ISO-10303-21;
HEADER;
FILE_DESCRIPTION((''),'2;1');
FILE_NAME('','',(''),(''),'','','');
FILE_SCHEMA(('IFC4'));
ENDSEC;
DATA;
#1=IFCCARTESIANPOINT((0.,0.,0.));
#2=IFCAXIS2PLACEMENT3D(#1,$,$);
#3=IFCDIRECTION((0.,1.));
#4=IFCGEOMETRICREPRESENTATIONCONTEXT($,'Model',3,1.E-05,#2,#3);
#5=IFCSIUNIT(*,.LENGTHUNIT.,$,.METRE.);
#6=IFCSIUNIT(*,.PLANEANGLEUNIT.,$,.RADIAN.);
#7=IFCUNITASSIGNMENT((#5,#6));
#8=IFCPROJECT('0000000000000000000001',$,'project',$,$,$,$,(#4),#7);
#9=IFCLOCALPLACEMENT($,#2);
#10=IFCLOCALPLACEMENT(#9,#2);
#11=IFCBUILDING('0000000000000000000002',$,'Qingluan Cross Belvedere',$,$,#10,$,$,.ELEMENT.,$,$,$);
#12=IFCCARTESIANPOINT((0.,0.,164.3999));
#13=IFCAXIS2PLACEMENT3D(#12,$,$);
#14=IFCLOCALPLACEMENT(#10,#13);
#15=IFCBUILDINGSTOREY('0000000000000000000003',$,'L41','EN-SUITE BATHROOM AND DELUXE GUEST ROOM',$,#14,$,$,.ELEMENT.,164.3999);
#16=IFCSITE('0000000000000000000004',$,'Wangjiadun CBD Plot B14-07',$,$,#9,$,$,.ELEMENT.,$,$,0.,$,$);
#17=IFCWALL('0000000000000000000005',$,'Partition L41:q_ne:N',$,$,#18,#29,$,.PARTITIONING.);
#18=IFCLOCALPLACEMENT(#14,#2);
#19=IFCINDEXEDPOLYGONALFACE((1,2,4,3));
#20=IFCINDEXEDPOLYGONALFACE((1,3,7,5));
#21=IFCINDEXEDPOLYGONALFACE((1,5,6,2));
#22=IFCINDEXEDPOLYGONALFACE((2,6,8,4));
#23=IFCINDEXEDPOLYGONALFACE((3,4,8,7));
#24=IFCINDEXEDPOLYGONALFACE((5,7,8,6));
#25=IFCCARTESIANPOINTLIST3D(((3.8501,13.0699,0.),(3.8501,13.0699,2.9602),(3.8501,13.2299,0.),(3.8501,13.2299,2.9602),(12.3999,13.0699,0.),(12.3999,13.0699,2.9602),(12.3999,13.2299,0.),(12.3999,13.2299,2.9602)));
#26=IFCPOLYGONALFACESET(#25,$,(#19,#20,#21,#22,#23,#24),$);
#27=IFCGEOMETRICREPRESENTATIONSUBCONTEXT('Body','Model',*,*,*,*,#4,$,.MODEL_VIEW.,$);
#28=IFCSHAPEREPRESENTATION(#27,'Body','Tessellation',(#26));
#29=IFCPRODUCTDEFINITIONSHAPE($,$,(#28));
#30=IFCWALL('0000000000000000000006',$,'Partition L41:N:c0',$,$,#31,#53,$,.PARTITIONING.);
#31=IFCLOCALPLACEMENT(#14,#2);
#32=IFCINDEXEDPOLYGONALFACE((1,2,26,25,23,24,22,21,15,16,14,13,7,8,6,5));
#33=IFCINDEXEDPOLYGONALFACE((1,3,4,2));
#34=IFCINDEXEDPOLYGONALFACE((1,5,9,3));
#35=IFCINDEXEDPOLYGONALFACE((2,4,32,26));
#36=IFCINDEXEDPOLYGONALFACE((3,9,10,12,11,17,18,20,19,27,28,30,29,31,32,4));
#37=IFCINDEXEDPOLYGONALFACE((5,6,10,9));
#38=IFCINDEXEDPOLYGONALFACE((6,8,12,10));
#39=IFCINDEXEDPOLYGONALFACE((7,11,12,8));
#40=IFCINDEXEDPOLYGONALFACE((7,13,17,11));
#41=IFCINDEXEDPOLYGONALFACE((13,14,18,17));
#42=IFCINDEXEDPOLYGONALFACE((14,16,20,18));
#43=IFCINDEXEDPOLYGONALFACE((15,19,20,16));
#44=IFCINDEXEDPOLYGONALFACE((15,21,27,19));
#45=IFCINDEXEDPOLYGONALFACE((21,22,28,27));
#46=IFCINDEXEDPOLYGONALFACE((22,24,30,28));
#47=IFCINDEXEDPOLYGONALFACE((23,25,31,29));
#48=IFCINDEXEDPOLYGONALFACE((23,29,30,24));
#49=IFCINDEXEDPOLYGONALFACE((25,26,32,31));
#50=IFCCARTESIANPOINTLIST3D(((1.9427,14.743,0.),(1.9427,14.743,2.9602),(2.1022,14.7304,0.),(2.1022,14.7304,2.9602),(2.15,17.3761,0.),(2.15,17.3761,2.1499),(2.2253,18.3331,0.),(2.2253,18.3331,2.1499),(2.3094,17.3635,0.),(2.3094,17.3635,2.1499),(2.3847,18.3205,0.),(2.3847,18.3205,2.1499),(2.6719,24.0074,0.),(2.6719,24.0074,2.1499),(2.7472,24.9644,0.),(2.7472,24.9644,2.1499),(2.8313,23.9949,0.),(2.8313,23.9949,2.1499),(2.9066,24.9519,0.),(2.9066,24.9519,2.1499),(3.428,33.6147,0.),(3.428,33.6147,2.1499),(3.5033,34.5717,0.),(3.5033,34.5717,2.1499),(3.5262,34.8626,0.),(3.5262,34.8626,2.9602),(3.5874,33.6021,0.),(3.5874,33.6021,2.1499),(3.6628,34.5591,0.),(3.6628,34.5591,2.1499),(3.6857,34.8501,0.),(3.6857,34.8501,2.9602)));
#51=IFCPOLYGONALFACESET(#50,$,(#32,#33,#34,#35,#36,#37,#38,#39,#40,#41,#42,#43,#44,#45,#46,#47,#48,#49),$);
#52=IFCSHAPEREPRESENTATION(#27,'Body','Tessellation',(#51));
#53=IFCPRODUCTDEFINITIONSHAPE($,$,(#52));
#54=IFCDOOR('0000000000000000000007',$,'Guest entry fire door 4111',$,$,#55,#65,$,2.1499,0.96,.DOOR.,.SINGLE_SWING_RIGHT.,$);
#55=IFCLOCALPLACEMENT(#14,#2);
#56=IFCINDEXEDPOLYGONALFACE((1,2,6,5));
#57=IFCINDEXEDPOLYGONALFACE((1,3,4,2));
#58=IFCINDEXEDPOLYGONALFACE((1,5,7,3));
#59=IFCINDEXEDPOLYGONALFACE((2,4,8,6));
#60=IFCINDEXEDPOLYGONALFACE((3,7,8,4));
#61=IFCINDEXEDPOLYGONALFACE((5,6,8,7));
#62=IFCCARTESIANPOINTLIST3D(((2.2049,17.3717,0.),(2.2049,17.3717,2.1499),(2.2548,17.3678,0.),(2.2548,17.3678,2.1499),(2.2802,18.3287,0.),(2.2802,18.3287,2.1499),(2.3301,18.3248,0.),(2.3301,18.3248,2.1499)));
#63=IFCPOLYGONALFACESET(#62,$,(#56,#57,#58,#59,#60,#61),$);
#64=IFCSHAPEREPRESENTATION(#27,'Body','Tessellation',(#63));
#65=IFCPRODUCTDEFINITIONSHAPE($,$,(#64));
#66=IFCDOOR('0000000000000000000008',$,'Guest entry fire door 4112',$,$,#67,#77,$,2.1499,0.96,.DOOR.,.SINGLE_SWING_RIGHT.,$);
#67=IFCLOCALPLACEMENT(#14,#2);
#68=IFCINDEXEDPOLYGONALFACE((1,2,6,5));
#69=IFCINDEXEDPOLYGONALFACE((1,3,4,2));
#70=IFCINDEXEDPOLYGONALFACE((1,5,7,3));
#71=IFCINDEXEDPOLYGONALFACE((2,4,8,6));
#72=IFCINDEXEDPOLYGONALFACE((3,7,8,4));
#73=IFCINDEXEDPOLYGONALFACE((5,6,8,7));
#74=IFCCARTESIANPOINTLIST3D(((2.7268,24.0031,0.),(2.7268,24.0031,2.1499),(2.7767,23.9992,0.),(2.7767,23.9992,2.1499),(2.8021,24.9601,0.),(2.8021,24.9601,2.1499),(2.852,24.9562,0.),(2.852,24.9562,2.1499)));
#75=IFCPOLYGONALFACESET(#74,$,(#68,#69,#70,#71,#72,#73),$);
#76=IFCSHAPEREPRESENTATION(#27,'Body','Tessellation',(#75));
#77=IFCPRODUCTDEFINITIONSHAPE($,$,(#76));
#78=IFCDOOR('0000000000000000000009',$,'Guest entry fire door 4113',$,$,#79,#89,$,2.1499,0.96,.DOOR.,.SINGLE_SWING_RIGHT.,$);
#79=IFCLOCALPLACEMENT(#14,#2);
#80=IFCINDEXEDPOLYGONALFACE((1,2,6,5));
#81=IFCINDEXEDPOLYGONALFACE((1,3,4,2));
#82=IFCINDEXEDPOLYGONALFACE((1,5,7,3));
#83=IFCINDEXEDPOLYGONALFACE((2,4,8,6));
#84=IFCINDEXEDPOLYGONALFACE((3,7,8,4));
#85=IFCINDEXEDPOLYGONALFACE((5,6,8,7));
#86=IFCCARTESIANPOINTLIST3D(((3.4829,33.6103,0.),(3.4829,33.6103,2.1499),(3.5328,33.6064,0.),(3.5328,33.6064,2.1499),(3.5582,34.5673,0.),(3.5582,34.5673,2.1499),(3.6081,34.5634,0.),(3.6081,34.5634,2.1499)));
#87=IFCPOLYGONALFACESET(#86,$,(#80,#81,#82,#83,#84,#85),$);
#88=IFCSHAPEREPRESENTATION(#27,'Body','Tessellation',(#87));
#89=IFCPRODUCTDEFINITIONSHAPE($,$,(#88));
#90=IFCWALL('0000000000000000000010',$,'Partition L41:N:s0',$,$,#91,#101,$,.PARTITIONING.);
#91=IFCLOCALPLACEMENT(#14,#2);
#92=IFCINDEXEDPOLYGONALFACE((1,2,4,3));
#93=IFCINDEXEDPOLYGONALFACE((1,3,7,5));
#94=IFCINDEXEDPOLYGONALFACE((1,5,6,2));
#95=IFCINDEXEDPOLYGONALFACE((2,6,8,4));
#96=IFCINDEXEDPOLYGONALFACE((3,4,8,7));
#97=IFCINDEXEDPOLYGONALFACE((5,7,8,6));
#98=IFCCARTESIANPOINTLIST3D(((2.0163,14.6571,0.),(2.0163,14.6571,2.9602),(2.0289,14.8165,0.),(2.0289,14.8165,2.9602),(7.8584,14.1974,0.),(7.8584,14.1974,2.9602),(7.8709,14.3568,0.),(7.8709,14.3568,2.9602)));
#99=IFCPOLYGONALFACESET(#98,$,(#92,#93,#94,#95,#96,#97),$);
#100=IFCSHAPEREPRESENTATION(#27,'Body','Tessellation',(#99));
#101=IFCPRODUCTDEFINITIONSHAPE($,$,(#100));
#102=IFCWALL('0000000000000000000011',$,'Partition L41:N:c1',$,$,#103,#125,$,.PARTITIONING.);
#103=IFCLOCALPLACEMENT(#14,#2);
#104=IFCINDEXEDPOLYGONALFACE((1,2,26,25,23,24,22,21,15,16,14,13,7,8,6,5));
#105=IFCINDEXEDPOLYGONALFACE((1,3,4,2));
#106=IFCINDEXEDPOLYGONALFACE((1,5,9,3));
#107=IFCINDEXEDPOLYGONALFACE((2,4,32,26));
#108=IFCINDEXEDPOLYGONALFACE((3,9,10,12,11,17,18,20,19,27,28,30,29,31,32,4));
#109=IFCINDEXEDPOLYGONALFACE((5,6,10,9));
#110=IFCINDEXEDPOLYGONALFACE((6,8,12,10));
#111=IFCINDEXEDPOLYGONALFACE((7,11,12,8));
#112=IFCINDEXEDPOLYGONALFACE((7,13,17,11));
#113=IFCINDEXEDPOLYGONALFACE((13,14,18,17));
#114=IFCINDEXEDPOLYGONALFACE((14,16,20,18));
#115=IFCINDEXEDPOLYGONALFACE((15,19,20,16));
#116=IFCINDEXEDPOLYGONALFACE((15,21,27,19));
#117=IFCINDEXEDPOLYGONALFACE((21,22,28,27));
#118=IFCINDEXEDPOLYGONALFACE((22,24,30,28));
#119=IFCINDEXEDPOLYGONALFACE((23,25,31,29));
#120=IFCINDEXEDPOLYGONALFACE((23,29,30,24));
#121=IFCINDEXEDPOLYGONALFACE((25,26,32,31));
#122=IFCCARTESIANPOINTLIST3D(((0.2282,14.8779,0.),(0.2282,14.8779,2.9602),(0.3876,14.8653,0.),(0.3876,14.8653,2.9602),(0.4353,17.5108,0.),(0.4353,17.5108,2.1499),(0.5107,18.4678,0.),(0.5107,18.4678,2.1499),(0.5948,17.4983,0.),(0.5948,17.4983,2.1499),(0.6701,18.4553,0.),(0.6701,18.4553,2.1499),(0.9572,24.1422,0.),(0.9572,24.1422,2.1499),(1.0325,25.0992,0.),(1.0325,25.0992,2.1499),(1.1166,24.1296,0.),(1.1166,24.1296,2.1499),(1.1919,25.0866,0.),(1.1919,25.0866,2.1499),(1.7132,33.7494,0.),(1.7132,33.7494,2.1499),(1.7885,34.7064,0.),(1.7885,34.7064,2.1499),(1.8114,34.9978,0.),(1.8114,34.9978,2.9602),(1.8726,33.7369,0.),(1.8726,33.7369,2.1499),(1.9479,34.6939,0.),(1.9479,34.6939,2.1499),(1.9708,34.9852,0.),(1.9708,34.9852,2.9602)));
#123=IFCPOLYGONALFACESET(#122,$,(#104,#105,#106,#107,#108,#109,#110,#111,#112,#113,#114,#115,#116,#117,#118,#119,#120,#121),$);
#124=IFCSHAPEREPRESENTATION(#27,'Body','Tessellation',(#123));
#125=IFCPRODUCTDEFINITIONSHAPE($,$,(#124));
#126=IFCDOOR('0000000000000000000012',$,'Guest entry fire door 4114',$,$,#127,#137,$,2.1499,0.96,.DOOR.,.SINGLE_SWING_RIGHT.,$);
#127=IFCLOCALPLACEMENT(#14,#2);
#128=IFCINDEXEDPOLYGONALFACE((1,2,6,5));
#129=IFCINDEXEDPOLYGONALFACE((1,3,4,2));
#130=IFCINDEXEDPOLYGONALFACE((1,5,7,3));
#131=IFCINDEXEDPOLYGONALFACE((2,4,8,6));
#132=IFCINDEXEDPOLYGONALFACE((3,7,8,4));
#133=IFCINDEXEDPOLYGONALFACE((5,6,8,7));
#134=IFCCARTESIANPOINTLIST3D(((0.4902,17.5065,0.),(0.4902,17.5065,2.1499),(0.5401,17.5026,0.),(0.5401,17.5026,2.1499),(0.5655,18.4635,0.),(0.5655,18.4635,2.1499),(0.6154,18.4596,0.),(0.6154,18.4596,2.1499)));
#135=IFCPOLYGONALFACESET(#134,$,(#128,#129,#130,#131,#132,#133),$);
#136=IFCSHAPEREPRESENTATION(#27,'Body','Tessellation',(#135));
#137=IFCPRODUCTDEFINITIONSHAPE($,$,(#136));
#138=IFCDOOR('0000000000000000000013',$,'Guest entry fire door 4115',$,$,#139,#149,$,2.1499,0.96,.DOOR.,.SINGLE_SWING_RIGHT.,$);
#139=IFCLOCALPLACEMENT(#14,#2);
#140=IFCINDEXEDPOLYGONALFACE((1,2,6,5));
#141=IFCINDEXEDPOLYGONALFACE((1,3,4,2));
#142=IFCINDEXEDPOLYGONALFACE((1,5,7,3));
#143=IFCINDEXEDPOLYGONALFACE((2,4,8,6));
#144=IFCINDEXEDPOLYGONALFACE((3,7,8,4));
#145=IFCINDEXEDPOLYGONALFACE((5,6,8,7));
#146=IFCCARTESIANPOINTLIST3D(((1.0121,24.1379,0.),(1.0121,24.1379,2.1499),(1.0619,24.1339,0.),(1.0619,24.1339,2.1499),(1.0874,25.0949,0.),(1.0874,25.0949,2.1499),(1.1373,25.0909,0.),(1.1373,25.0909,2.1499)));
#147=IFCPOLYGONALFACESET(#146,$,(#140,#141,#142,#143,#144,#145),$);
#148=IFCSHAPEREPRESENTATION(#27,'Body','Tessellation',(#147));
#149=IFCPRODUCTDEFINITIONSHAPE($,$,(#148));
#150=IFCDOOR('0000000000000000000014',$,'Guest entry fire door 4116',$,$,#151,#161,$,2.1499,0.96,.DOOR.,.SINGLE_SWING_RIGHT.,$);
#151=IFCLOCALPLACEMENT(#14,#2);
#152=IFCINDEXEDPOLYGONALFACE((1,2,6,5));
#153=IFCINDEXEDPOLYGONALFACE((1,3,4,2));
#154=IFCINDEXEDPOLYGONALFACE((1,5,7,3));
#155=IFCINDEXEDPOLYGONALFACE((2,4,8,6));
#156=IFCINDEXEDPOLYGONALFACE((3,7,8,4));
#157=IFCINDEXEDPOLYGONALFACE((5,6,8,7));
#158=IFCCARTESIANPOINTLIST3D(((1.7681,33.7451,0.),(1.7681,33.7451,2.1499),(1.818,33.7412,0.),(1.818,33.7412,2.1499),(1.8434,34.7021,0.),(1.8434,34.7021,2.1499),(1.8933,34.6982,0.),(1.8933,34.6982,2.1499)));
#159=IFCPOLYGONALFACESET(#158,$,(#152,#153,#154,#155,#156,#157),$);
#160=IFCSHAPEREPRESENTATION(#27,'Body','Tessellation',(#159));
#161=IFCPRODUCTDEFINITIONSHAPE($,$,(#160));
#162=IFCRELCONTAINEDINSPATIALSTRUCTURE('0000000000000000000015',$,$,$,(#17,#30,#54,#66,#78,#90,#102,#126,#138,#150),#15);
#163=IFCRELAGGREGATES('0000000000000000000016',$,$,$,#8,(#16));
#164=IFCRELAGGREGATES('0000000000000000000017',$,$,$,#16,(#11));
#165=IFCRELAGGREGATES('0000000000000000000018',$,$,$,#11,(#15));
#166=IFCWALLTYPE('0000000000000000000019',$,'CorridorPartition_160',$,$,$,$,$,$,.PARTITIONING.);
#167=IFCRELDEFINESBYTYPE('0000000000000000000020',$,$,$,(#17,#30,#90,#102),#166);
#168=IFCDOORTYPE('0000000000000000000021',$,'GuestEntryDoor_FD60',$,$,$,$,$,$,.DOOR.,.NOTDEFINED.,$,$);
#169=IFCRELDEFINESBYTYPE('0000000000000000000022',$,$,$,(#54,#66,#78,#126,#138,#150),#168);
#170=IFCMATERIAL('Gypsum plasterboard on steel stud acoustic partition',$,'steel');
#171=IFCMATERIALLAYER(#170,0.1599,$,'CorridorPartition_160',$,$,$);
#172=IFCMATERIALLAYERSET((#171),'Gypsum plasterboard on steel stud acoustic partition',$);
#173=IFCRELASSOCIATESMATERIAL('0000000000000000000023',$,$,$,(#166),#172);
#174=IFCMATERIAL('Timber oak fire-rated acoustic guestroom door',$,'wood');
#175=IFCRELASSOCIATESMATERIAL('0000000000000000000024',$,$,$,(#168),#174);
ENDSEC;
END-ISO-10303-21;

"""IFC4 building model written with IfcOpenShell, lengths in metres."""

from ifc_helpers import new_model, si_unit, direction, frame, frame_2d, origin, place, context, subcontext, project, spatial, rectangle, extrude, material, layer, layer_set, type_object, element, fill, save


model = new_model("IFC4")

# Units and contexts
model_context = context("Model", 3, precision=1e-05, world=origin(), true_north=direction((0.0, 1.0)))
body_context = subcontext(model_context, "Body", "Model", "MODEL_VIEW")
ifc_project = project(units=[si_unit("LENGTHUNIT", "METRE"), si_unit("PLANEANGLEUNIT", "RADIAN")], contexts=[model_context])

# Site, building, storey
site_placement = place(None, origin())
site = spatial("IfcSite", under=ifc_project, at=site_placement, Name="Wangjiadun CBD Plot B14-07", CompositionType="ELEMENT", RefElevation=0.0)
building_placement = place(site_placement, origin())
building = spatial("IfcBuilding", under=site, at=building_placement, Name="Qingluan Cross Belvedere", CompositionType="ELEMENT")
storey_placement = place(building_placement, frame((0.0, 0.0, 164.3999)))
storey = spatial("IfcBuildingStorey", under=building, at=storey_placement, Name="L41", Description="EN-SUITE BATHROOM AND DELUXE GUEST ROOM", CompositionType="ELEMENT", Elevation=164.3999)

# Wall
ifc_material_1 = material(Name="Gypsum plasterboard on steel stud acoustic partition", Category="steel")
ifc_layer_1 = layer(ifc_material_1, 0.1599, Name="CorridorPartition_160")
ifc_layer_set_1 = layer_set([ifc_layer_1], Name="Gypsum plasterboard on steel stud acoustic partition")
wall_type_1 = type_object("IfcWallType", Name="CorridorPartition_160", PredefinedType="PARTITIONING", material=ifc_layer_set_1)
wall_1_placement = place(storey_placement, frame((3.8501, 13.1499, 0.0), z_axis=(0.0, 0.0, 1.0), x_axis=(1.0, 0.0, 0.0)))
element("IfcWall", 1, at=wall_1_placement, inside=storey, type_object=wall_type_1, Name="Partition L41:q_ne:N", PredefinedType="PARTITIONING", context=body_context, shape_type="SweptSolid", body=[
    extrude(rectangle(XDim=8.5498, YDim=0.1599, at=frame_2d((4.2749, 0.0))), origin(), (0.0, 0.0, 1.0), 2.9602),
])

# Wall, openings, doors
wall_2_placement = place(storey_placement, frame((2.0225, 14.7368, 0.0), z_axis=(0.0, 0.0, 1.0), x_axis=(0.078461, 0.996917, 0.0)))
wall_2 = element("IfcWall", 2, at=wall_2_placement, inside=storey, type_object=wall_type_1, Name="Partition L41:N:c0", PredefinedType="PARTITIONING", context=body_context, shape_type="SweptSolid", body=[
    extrude(rectangle(XDim=20.1819, YDim=0.1599, at=frame_2d((10.0908, 0.0))), origin(), (0.0, 0.0, 1.0), 2.9602),
])
opening_1_placement = place(wall_2_placement, frame((2.6411, 0.0, 0.0)))
opening_1 = element("IfcOpeningElement", 3, at=opening_1_placement, cuts=wall_2, PredefinedType="OPENING", context=body_context, shape_type="SweptSolid", body=[
    extrude(rectangle(XDim=0.96, YDim=2.1499, at=frame_2d((0.48, 1.075))), frame((0.0, 0.0898, 0.0), z_axis=(0.0, -1.0, 0.0), x_axis=(1.0, 0.0, 0.0)), (0.0, 0.0, 1.0), 0.1799),
])
opening_2_placement = place(wall_2_placement, frame((9.293, 0.0, 0.0)))
opening_2 = element("IfcOpeningElement", 4, at=opening_2_placement, cuts=wall_2, PredefinedType="OPENING", context=body_context, shape_type="SweptSolid", body=[
    extrude(rectangle(XDim=0.96, YDim=2.1499, at=frame_2d((0.48, 1.075))), frame((0.0, 0.0898, 0.0), z_axis=(0.0, -1.0, 0.0), x_axis=(1.0, 0.0, 0.0)), (0.0, 0.0, 1.0), 0.1799),
])
opening_3_placement = place(wall_2_placement, frame((18.9299, 0.0, 0.0)))
opening_3 = element("IfcOpeningElement", 5, at=opening_3_placement, cuts=wall_2, PredefinedType="OPENING", context=body_context, shape_type="SweptSolid", body=[
    extrude(rectangle(XDim=0.96, YDim=2.1499, at=frame_2d((0.48, 1.075))), frame((0.0, 0.0898, 0.0), z_axis=(0.0, -1.0, 0.0), x_axis=(1.0, 0.0, 0.0)), (0.0, 0.0, 1.0), 0.1799),
])
ifc_material_2 = material(Name="Timber oak fire-rated acoustic guestroom door", Category="wood")
door_type_1 = type_object("IfcDoorType", Name="GuestEntryDoor_FD60", OperationType="NOTDEFINED", PredefinedType="DOOR", material=ifc_material_2)
door_1_placement = place(opening_1_placement, origin())
door_1 = element("IfcDoor", 6, at=door_1_placement, inside=storey, type_object=door_type_1, Name="Guest entry fire door 4111", OperationType="SINGLE_SWING_RIGHT", OverallHeight=2.1499, OverallWidth=0.96, PredefinedType="DOOR", context=body_context, shape_type="SweptSolid", body=[
    extrude(rectangle(XDim=0.96, YDim=2.1499, at=frame_2d((0.48, 1.075))), frame((0.0, 0.0249, 0.0), z_axis=(0.0, -1.0, 0.0), x_axis=(1.0, 0.0, 0.0)), (0.0, 0.0, 1.0), 0.05),
])
fill(opening_1, door_1)
door_2_placement = place(opening_2_placement, origin())
door_2 = element("IfcDoor", 7, at=door_2_placement, inside=storey, type_object=door_type_1, Name="Guest entry fire door 4112", OperationType="SINGLE_SWING_RIGHT", OverallHeight=2.1499, OverallWidth=0.96, PredefinedType="DOOR", context=body_context, shape_type="SweptSolid", body=[
    extrude(rectangle(XDim=0.96, YDim=2.1499, at=frame_2d((0.48, 1.075))), frame((0.0, 0.0249, 0.0), z_axis=(0.0, -1.0, 0.0), x_axis=(1.0, 0.0, 0.0)), (0.0, 0.0, 1.0), 0.05),
])
fill(opening_2, door_2)
door_3_placement = place(opening_3_placement, origin())
door_3 = element("IfcDoor", 8, at=door_3_placement, inside=storey, type_object=door_type_1, Name="Guest entry fire door 4113", OperationType="SINGLE_SWING_RIGHT", OverallHeight=2.1499, OverallWidth=0.96, PredefinedType="DOOR", context=body_context, shape_type="SweptSolid", body=[
    extrude(rectangle(XDim=0.96, YDim=2.1499, at=frame_2d((0.48, 1.075))), frame((0.0, 0.0249, 0.0), z_axis=(0.0, -1.0, 0.0), x_axis=(1.0, 0.0, 0.0)), (0.0, 0.0, 1.0), 0.05),
])
fill(opening_3, door_3)

# Wall
wall_3_placement = place(storey_placement, frame((2.0225, 14.7368, 0.0), z_axis=(0.0, 0.0, 1.0), x_axis=(0.996918, -0.078449, 0.0)))
element("IfcWall", 9, at=wall_3_placement, inside=storey, type_object=wall_type_1, Name="Partition L41:N:s0", PredefinedType="PARTITIONING", context=body_context, shape_type="SweptSolid", body=[
    extrude(rectangle(XDim=5.8601, YDim=0.1599, at=frame_2d((2.9302, 0.0))), origin(), (0.0, 0.0, 1.0), 2.9602),
])

# Wall, openings, doors
wall_4_placement = place(storey_placement, frame((0.3079, 14.8716, 0.0), z_axis=(0.0, 0.0, 1.0), x_axis=(0.078448, 0.996918, 0.0)))
wall_4 = element("IfcWall", 10, at=wall_4_placement, inside=storey, type_object=wall_type_1, Name="Partition L41:N:c1", PredefinedType="PARTITIONING", context=body_context, shape_type="SweptSolid", body=[
    extrude(rectangle(XDim=20.1821, YDim=0.1599, at=frame_2d((10.0911, 0.0))), origin(), (0.0, 0.0, 1.0), 2.9602),
])
opening_4_placement = place(wall_4_placement, frame((2.6411, 0.0, 0.0)))
opening_4 = element("IfcOpeningElement", 11, at=opening_4_placement, cuts=wall_4, PredefinedType="OPENING", context=body_context, shape_type="SweptSolid", body=[
    extrude(rectangle(XDim=0.96, YDim=2.1499, at=frame_2d((0.48, 1.075))), frame((0.0, 0.0898, 0.0), z_axis=(0.0, -1.0, 0.0), x_axis=(1.0, 0.0, 0.0)), (0.0, 0.0, 1.0), 0.1799),
])
opening_5_placement = place(wall_4_placement, frame((9.293, 0.0, 0.0)))
opening_5 = element("IfcOpeningElement", 12, at=opening_5_placement, cuts=wall_4, PredefinedType="OPENING", context=body_context, shape_type="SweptSolid", body=[
    extrude(rectangle(XDim=0.96, YDim=2.1499, at=frame_2d((0.48, 1.075))), frame((0.0, 0.0898, 0.0), z_axis=(0.0, -1.0, 0.0), x_axis=(1.0, 0.0, 0.0)), (0.0, 0.0, 1.0), 0.1799),
])
opening_6_placement = place(wall_4_placement, frame((18.9299, 0.0, 0.0)))
opening_6 = element("IfcOpeningElement", 13, at=opening_6_placement, cuts=wall_4, PredefinedType="OPENING", context=body_context, shape_type="SweptSolid", body=[
    extrude(rectangle(XDim=0.96, YDim=2.1499, at=frame_2d((0.48, 1.075))), frame((0.0, 0.0898, 0.0), z_axis=(0.0, -1.0, 0.0), x_axis=(1.0, 0.0, 0.0)), (0.0, 0.0, 1.0), 0.1799),
])
door_4_placement = place(opening_4_placement, origin())
door_4 = element("IfcDoor", 14, at=door_4_placement, inside=storey, type_object=door_type_1, Name="Guest entry fire door 4114", OperationType="SINGLE_SWING_RIGHT", OverallHeight=2.1499, OverallWidth=0.96, PredefinedType="DOOR", context=body_context, shape_type="SweptSolid", body=[
    extrude(rectangle(XDim=0.96, YDim=2.1499, at=frame_2d((0.48, 1.075))), frame((0.0, 0.0249, 0.0), z_axis=(0.0, -1.0, 0.0), x_axis=(1.0, 0.0, 0.0)), (0.0, 0.0, 1.0), 0.05),
])
fill(opening_4, door_4)
door_5_placement = place(opening_5_placement, origin())
door_5 = element("IfcDoor", 15, at=door_5_placement, inside=storey, type_object=door_type_1, Name="Guest entry fire door 4115", OperationType="SINGLE_SWING_RIGHT", OverallHeight=2.1499, OverallWidth=0.96, PredefinedType="DOOR", context=body_context, shape_type="SweptSolid", body=[
    extrude(rectangle(XDim=0.96, YDim=2.1499, at=frame_2d((0.48, 1.075))), frame((0.0, 0.0249, 0.0), z_axis=(0.0, -1.0, 0.0), x_axis=(1.0, 0.0, 0.0)), (0.0, 0.0, 1.0), 0.05),
])
fill(opening_5, door_5)
door_6_placement = place(opening_6_placement, origin())
door_6 = element("IfcDoor", 16, at=door_6_placement, inside=storey, type_object=door_type_1, Name="Guest entry fire door 4116", OperationType="SINGLE_SWING_RIGHT", OverallHeight=2.1499, OverallWidth=0.96, PredefinedType="DOOR", context=body_context, shape_type="SweptSolid", body=[
    extrude(rectangle(XDim=0.96, YDim=2.1499, at=frame_2d((0.48, 1.075))), frame((0.0, 0.0249, 0.0), z_axis=(0.0, -1.0, 0.0), x_axis=(1.0, 0.0, 0.0)), (0.0, 0.0, 1.0), 0.05),
])
fill(opening_6, door_6)

save(model, "model.ifc")
